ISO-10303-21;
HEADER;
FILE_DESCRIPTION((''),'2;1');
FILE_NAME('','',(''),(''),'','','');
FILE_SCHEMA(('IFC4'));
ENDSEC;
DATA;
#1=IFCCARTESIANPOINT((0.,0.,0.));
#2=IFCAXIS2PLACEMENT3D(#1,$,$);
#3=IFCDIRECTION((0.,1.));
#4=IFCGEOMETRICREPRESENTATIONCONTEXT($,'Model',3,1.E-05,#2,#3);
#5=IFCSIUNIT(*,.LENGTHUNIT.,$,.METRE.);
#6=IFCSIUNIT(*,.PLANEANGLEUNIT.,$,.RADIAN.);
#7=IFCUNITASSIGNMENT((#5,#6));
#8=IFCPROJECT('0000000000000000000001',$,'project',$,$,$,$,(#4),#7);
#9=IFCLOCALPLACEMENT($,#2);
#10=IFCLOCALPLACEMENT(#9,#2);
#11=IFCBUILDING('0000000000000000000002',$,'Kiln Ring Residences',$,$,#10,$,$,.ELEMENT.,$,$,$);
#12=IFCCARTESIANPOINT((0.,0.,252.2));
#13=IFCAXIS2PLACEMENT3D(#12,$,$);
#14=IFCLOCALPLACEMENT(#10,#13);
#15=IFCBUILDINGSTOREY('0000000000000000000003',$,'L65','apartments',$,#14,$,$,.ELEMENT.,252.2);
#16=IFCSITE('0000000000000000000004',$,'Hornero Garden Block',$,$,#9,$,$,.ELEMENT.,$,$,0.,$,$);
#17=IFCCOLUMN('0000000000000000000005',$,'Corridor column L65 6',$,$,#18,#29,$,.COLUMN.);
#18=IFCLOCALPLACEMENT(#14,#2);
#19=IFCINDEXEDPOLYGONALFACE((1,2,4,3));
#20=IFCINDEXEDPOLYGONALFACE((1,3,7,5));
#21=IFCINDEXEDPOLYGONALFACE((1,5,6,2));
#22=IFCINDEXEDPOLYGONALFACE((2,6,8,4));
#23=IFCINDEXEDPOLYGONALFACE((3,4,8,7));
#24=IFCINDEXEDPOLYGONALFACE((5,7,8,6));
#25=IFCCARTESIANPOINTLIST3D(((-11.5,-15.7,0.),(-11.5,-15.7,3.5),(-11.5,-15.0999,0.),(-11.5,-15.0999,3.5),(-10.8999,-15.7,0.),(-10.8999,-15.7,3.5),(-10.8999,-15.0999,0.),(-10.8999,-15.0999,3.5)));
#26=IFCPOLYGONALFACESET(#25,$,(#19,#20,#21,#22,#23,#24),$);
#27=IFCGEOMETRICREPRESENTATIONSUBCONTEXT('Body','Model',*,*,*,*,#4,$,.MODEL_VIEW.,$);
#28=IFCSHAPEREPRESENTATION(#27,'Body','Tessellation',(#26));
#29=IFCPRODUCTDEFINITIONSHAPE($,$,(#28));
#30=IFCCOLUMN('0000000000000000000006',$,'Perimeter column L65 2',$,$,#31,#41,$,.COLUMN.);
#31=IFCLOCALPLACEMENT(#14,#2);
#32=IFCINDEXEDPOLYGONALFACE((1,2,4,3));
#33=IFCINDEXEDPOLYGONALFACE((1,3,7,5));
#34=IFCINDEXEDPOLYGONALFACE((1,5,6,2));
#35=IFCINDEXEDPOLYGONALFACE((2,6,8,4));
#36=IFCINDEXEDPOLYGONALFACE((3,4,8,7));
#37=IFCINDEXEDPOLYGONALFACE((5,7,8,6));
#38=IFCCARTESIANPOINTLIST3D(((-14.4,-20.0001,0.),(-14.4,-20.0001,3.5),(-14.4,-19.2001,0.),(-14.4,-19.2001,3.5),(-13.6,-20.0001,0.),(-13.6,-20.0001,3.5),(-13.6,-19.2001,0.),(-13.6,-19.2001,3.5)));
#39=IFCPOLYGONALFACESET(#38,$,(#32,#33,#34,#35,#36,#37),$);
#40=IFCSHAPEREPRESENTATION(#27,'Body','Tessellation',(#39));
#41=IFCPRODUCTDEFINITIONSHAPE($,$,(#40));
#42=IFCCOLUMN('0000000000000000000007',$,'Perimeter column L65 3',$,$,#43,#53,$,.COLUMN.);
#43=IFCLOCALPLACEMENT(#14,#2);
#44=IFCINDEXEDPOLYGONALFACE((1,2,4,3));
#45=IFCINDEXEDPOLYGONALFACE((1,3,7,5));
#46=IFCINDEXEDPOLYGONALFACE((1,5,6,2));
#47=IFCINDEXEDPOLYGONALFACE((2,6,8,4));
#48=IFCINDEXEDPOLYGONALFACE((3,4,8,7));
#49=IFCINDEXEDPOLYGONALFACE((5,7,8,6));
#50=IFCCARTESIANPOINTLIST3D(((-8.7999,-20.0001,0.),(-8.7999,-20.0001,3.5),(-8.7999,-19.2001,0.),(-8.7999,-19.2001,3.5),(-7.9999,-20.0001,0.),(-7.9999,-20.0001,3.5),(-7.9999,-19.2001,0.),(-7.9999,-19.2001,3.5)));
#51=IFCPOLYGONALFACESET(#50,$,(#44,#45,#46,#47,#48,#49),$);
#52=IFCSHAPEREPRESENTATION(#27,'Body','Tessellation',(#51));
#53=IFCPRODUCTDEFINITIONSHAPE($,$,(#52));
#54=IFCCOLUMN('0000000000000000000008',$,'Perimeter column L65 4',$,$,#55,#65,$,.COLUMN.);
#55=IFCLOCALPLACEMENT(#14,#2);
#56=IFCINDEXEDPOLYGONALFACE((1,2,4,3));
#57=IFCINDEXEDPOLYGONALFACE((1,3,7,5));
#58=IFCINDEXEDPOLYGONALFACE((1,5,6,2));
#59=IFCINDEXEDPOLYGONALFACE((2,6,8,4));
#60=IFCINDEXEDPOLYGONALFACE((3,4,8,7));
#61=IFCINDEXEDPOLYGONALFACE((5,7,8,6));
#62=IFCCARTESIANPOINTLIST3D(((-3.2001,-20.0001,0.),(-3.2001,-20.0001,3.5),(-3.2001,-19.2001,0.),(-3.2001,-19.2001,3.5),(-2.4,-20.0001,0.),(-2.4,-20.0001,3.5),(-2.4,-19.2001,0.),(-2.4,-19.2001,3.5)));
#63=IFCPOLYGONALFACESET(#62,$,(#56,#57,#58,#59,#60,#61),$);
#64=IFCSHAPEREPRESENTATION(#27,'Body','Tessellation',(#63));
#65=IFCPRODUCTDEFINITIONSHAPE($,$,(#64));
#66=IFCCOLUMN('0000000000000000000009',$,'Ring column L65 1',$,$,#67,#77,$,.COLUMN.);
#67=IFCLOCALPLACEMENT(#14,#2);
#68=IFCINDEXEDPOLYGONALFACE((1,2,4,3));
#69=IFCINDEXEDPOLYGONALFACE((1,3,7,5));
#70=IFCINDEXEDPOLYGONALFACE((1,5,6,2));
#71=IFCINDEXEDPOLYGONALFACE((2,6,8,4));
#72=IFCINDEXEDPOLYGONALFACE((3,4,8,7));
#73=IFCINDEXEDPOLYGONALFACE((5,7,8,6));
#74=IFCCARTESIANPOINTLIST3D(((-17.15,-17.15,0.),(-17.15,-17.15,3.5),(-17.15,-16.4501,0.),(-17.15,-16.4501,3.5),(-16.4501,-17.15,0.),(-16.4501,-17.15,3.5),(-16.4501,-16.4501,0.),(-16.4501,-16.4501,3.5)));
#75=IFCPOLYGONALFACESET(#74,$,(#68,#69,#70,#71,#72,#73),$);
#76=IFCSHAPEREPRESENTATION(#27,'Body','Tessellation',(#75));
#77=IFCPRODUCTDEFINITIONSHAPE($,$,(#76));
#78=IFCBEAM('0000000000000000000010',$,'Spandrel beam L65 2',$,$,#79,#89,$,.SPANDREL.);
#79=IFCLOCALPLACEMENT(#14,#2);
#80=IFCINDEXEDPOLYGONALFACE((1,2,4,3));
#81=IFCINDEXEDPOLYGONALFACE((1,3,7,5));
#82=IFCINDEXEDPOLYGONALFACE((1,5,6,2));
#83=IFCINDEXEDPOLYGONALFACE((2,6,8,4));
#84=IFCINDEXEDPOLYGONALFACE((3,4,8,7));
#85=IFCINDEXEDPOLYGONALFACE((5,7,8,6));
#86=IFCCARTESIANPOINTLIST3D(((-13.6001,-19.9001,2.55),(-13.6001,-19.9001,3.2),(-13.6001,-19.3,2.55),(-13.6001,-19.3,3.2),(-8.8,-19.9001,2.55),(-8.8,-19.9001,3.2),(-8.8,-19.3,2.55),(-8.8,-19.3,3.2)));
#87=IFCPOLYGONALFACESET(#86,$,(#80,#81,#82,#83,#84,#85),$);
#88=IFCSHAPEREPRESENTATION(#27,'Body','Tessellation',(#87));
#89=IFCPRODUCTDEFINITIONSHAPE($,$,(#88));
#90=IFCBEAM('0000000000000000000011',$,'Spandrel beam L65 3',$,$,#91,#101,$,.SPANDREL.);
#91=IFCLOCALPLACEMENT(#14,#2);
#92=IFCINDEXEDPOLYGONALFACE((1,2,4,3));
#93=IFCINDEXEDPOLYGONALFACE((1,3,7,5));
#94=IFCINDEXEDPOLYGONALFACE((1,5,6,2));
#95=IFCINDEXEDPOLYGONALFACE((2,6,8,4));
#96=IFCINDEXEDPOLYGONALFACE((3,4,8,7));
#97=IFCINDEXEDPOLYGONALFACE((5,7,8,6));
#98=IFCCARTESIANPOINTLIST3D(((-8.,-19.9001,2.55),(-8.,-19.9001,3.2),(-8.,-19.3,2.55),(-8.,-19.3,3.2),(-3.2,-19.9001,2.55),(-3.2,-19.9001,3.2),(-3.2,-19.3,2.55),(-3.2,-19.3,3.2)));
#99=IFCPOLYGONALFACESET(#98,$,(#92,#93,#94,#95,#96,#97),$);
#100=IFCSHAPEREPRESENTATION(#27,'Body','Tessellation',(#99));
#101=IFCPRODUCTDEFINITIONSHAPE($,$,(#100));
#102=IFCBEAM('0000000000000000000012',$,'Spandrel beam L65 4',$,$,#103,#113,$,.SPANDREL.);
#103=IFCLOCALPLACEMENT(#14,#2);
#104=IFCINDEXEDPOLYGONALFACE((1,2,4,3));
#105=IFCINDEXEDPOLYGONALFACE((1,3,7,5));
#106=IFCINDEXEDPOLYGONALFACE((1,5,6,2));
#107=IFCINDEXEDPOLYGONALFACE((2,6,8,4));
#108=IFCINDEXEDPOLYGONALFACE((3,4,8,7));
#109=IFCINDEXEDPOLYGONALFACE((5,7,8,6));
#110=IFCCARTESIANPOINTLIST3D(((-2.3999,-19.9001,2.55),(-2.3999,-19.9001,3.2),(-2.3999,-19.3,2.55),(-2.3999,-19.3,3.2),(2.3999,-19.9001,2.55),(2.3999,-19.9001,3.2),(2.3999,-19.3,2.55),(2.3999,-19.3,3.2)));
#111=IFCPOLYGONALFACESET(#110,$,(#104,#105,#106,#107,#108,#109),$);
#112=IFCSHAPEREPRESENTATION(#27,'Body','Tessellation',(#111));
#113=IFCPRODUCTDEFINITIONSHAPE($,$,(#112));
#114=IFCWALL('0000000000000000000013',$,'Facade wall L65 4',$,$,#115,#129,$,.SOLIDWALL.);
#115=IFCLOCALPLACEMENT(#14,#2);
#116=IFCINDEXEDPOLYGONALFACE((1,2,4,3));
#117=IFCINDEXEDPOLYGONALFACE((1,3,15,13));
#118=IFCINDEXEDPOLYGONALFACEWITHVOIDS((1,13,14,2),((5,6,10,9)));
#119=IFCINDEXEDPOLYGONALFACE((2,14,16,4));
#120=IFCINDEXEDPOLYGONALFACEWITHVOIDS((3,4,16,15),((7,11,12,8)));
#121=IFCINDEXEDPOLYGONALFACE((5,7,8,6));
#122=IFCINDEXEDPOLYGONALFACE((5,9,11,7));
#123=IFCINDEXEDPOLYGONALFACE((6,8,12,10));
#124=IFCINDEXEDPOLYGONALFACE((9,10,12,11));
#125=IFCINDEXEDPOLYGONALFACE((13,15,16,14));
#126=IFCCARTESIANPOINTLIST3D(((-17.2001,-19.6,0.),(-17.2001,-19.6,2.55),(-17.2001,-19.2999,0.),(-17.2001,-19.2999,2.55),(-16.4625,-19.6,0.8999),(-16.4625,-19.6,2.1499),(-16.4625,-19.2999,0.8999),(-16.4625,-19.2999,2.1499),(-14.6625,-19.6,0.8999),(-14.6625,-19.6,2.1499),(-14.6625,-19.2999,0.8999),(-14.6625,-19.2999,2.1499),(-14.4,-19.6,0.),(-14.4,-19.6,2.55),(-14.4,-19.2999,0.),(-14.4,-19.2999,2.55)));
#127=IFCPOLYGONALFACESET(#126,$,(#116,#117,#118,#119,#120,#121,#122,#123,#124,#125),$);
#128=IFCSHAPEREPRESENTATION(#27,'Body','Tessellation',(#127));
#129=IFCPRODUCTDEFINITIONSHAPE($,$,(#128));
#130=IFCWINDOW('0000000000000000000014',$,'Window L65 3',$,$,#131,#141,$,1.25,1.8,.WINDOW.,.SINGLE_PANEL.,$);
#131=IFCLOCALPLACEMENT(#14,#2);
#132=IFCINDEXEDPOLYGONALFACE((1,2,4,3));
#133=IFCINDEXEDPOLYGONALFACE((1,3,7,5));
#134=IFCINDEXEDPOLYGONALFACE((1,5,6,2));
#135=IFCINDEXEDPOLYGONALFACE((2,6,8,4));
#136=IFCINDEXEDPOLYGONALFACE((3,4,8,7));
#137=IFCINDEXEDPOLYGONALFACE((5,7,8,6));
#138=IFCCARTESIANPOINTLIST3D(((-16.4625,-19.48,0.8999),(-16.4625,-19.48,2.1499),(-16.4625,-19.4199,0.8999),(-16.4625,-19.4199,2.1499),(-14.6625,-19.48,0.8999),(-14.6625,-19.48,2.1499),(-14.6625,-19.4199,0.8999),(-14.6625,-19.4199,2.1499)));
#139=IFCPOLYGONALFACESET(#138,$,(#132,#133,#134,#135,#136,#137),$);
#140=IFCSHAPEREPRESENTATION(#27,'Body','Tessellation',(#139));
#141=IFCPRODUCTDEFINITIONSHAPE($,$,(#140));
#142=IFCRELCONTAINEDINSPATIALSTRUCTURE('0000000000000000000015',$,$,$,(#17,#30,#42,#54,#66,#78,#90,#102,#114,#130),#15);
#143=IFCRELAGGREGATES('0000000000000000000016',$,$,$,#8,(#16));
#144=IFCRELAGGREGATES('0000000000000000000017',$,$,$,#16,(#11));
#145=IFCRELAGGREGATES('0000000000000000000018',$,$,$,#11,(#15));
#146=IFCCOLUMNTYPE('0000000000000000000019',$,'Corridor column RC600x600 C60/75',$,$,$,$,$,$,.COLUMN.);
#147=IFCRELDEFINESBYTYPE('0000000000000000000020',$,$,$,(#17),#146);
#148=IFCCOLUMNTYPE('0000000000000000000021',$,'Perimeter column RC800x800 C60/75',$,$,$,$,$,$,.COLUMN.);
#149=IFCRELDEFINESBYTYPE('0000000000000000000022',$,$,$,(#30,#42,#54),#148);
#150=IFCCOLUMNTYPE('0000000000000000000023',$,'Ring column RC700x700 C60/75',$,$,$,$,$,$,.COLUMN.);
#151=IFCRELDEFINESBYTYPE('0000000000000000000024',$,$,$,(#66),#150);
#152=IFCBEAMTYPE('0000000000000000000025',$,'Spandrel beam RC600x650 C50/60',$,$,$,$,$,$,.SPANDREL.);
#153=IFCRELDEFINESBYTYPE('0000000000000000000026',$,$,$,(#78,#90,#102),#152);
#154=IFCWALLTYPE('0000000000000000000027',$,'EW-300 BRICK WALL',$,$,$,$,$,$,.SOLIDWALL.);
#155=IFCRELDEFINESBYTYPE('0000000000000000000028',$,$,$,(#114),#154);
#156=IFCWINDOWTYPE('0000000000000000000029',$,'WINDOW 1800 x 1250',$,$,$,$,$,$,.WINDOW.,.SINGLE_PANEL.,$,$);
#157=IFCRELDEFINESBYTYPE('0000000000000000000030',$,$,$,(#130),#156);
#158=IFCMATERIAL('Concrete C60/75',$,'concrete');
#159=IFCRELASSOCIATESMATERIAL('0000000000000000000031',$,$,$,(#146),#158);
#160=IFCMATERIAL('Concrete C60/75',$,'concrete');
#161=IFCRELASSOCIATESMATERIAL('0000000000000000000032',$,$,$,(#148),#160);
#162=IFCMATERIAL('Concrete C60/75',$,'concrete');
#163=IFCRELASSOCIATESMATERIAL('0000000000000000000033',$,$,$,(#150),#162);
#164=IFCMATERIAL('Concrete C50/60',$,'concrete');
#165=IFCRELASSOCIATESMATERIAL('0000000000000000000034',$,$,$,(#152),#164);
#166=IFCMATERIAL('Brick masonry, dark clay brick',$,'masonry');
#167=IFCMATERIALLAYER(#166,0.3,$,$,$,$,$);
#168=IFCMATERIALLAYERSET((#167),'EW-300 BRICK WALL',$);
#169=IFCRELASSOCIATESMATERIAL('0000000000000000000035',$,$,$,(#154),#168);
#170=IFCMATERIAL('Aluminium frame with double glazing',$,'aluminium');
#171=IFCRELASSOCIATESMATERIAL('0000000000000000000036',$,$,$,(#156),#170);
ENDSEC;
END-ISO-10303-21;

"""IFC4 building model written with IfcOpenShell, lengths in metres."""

from ifc_helpers import new_model, si_unit, direction, frame, frame_2d, origin, origin_2d, place, context, subcontext, project, spatial, rectangle, extrude, material, layer, layer_set, material_profile, profile_set, type_object, element, fill, save


model = new_model("IFC4")

# Units and contexts
model_context = context("Model", 3, precision=1e-05, world=origin(), true_north=direction((0.0, 1.0)))
body_context = subcontext(model_context, "Body", "Model", "MODEL_VIEW")
ifc_project = project(units=[si_unit("LENGTHUNIT", "METRE"), si_unit("PLANEANGLEUNIT", "RADIAN")], contexts=[model_context])

# Site, building, storey
site_placement = place(None, origin())
site = spatial("IfcSite", under=ifc_project, at=site_placement, Name="Hornero Garden Block", CompositionType="ELEMENT", RefElevation=0.0)
building_placement = place(site_placement, origin())
building = spatial("IfcBuilding", under=site, at=building_placement, Name="Kiln Ring Residences", CompositionType="ELEMENT")
storey_placement = place(building_placement, frame((0.0, 0.0, 252.2)))
storey = spatial("IfcBuildingStorey", under=building, at=storey_placement, Name="L65", Description="apartments", CompositionType="ELEMENT", Elevation=252.2)

# Columns
ifc_material_1 = material(Name="Concrete C60/75", Category="concrete")
ifc_material_profile_1 = material_profile(ifc_material_1, rectangle(XDim=0.6001, YDim=0.6001, at=origin_2d()), Name="RC600x600")
ifc_profile_set_1 = profile_set([ifc_material_profile_1], Name="Concrete C60/75")
column_type_1 = type_object("IfcColumnType", Name="Corridor column RC600x600 C60/75", PredefinedType="COLUMN", material=ifc_profile_set_1)
column_1_placement = place(storey_placement, frame((-11.2, -15.3999, 0.0), z_axis=(0.0, 0.0, 1.0), x_axis=(1.0, 0.0, 0.0)))
element("IfcColumn", 1, at=column_1_placement, inside=storey, type_object=column_type_1, Name="Corridor column L65 6", PredefinedType="COLUMN", context=body_context, shape_type="SweptSolid", body=[
    extrude(rectangle(XDim=0.6001, YDim=0.6001, at=origin_2d()), origin(), (0.0, 0.0, 1.0), 3.5),
])
ifc_material_2 = material(Name="Concrete C60/75", Category="concrete")
ifc_material_profile_2 = material_profile(ifc_material_2, rectangle(XDim=0.8, YDim=0.8, at=origin_2d()), Name="RC800x800")
ifc_profile_set_2 = profile_set([ifc_material_profile_2], Name="Concrete C60/75")
column_type_2 = type_object("IfcColumnType", Name="Perimeter column RC800x800 C60/75", PredefinedType="COLUMN", material=ifc_profile_set_2)
for number, where, z_axis, x_axis, name in (
    (2, (-14.0, -19.6001, 0.0), (0.0, 0.0, 1.0), (1.0, 0.0, 0.0), "Perimeter column L65 2"),
    (3, (-8.3999, -19.6001, 0.0), (0.0, 0.0, 1.0), (1.0, 0.0, 0.0), "Perimeter column L65 3"),
    (4, (-2.8, -19.6001, 0.0), (0.0, 0.0, 1.0), (1.0, 0.0, 0.0), "Perimeter column L65 4"),
):
    element("IfcColumn", number, at=place(storey_placement, frame(where, z_axis=z_axis, x_axis=x_axis)), inside=storey, type_object=column_type_2, Name=name, PredefinedType="COLUMN", context=body_context, shape_type="SweptSolid", body=[
        extrude(rectangle(XDim=0.8, YDim=0.8, at=origin_2d()), origin(), (0.0, 0.0, 1.0), 3.5),
    ])
ifc_material_3 = material(Name="Concrete C60/75", Category="concrete")
ifc_material_profile_3 = material_profile(ifc_material_3, rectangle(XDim=0.7, YDim=0.7, at=origin_2d()), Name="RC700x700")
ifc_profile_set_3 = profile_set([ifc_material_profile_3], Name="Concrete C60/75")
column_type_3 = type_object("IfcColumnType", Name="Ring column RC700x700 C60/75", PredefinedType="COLUMN", material=ifc_profile_set_3)
column_2_placement = place(storey_placement, frame((-16.8, -16.8, 0.0), z_axis=(0.0, 0.0, 1.0), x_axis=(1.0, 0.0, 0.0)))
element("IfcColumn", 5, at=column_2_placement, inside=storey, type_object=column_type_3, Name="Ring column L65 1", PredefinedType="COLUMN", context=body_context, shape_type="SweptSolid", body=[
    extrude(rectangle(XDim=0.7, YDim=0.7, at=origin_2d()), origin(), (0.0, 0.0, 1.0), 3.5),
])

# Beams
ifc_material_4 = material(Name="Concrete C50/60", Category="concrete")
ifc_material_profile_4 = material_profile(ifc_material_4, rectangle(XDim=0.6001, YDim=0.6499, at=origin_2d()), Name="RC600x650")
ifc_profile_set_4 = profile_set([ifc_material_profile_4], Name="Concrete C50/60")
beam_type = type_object("IfcBeamType", Name="Spandrel beam RC600x650 C50/60", PredefinedType="SPANDREL", material=ifc_profile_set_4)
for number, where, z_axis, x_axis, name in (
    (6, (-13.6001, -19.6001, 2.875), (1.0, 0.0, 0.0), (0.0, 1.0, 0.0), "Spandrel beam L65 2"),
    (7, (-8.0, -19.6001, 2.875), (1.0, 0.0, 0.0), (0.0, 1.0, 0.0), "Spandrel beam L65 3"),
):
    element("IfcBeam", number, at=place(storey_placement, frame(where, z_axis=z_axis, x_axis=x_axis)), inside=storey, type_object=beam_type, Name=name, PredefinedType="SPANDREL", context=body_context, shape_type="SweptSolid", body=[
        extrude(rectangle(XDim=0.6001, YDim=0.6499, at=origin_2d()), origin(), (0.0, 0.0, 1.0), 4.8),
    ])
beam_placement = place(storey_placement, frame((-2.3999, -19.6001, 2.875), z_axis=(1.0, 0.0, 0.0), x_axis=(0.0, 1.0, 0.0)))
element("IfcBeam", 8, at=beam_placement, inside=storey, type_object=beam_type, Name="Spandrel beam L65 4", PredefinedType="SPANDREL", context=body_context, shape_type="SweptSolid", body=[
    extrude(rectangle(XDim=0.6001, YDim=0.6499, at=origin_2d()), origin(), (0.0, 0.0, 1.0), 4.7998),
])

# Wall, opening, window
ifc_material_5 = material(Name="Brick masonry, dark clay brick", Category="masonry")
ifc_layer_1 = layer(ifc_material_5, 0.3)
ifc_layer_set_1 = layer_set([ifc_layer_1], Name="EW-300 BRICK WALL")
wall_type_1 = type_object("IfcWallType", Name="EW-300 BRICK WALL", PredefinedType="SOLIDWALL", material=ifc_layer_set_1)
wall_1_placement = place(storey_placement, frame((-17.2, -19.45, 0.0), z_axis=(0.0, 0.0, 1.0), x_axis=(1.0, 0.0, 0.0)))
wall_1 = element("IfcWall", 9, at=wall_1_placement, inside=storey, type_object=wall_type_1, Name="Facade wall L65 4", PredefinedType="SOLIDWALL", context=body_context, shape_type="SweptSolid", body=[
    extrude(rectangle(XDim=2.8, YDim=0.3, at=frame_2d((1.3999, 0.0))), origin(), (0.0, 0.0, 1.0), 2.55),
])
opening_1_placement = place(wall_1_placement, frame((0.7375, 0.0, 0.8999)))
opening_1 = element("IfcOpeningElement", 10, at=opening_1_placement, cuts=wall_1, PredefinedType="OPENING", context=body_context, shape_type="SweptSolid", body=[
    extrude(rectangle(XDim=1.8, YDim=1.25, at=frame_2d((0.8999, 0.625))), frame((0.0, 0.1599, 0.0), z_axis=(0.0, -1.0, 0.0), x_axis=(1.0, 0.0, 0.0)), (0.0, 0.0, 1.0), 0.3201),
])
ifc_material_6 = material(Name="Aluminium frame with double glazing", Category="aluminium")
window_type_1 = type_object("IfcWindowType", Name="WINDOW 1800 x 1250", PartitioningType="SINGLE_PANEL", PredefinedType="WINDOW", material=ifc_material_6)
window_1_placement = place(opening_1_placement, origin())
window_1 = element("IfcWindow", 11, at=window_1_placement, inside=storey, type_object=window_type_1, Name="Window L65 3", OverallHeight=1.25, OverallWidth=1.8, PartitioningType="SINGLE_PANEL", PredefinedType="WINDOW", context=body_context, shape_type="SweptSolid", body=[
    extrude(rectangle(XDim=1.8, YDim=1.25, at=frame_2d((0.8999, 0.625))), frame((0.0, 0.03, 0.0), z_axis=(0.0, -1.0, 0.0), x_axis=(1.0, 0.0, 0.0)), (0.0, 0.0, 1.0), 0.0601),
])
fill(opening_1, window_1)

save(model, "model.ifc")
